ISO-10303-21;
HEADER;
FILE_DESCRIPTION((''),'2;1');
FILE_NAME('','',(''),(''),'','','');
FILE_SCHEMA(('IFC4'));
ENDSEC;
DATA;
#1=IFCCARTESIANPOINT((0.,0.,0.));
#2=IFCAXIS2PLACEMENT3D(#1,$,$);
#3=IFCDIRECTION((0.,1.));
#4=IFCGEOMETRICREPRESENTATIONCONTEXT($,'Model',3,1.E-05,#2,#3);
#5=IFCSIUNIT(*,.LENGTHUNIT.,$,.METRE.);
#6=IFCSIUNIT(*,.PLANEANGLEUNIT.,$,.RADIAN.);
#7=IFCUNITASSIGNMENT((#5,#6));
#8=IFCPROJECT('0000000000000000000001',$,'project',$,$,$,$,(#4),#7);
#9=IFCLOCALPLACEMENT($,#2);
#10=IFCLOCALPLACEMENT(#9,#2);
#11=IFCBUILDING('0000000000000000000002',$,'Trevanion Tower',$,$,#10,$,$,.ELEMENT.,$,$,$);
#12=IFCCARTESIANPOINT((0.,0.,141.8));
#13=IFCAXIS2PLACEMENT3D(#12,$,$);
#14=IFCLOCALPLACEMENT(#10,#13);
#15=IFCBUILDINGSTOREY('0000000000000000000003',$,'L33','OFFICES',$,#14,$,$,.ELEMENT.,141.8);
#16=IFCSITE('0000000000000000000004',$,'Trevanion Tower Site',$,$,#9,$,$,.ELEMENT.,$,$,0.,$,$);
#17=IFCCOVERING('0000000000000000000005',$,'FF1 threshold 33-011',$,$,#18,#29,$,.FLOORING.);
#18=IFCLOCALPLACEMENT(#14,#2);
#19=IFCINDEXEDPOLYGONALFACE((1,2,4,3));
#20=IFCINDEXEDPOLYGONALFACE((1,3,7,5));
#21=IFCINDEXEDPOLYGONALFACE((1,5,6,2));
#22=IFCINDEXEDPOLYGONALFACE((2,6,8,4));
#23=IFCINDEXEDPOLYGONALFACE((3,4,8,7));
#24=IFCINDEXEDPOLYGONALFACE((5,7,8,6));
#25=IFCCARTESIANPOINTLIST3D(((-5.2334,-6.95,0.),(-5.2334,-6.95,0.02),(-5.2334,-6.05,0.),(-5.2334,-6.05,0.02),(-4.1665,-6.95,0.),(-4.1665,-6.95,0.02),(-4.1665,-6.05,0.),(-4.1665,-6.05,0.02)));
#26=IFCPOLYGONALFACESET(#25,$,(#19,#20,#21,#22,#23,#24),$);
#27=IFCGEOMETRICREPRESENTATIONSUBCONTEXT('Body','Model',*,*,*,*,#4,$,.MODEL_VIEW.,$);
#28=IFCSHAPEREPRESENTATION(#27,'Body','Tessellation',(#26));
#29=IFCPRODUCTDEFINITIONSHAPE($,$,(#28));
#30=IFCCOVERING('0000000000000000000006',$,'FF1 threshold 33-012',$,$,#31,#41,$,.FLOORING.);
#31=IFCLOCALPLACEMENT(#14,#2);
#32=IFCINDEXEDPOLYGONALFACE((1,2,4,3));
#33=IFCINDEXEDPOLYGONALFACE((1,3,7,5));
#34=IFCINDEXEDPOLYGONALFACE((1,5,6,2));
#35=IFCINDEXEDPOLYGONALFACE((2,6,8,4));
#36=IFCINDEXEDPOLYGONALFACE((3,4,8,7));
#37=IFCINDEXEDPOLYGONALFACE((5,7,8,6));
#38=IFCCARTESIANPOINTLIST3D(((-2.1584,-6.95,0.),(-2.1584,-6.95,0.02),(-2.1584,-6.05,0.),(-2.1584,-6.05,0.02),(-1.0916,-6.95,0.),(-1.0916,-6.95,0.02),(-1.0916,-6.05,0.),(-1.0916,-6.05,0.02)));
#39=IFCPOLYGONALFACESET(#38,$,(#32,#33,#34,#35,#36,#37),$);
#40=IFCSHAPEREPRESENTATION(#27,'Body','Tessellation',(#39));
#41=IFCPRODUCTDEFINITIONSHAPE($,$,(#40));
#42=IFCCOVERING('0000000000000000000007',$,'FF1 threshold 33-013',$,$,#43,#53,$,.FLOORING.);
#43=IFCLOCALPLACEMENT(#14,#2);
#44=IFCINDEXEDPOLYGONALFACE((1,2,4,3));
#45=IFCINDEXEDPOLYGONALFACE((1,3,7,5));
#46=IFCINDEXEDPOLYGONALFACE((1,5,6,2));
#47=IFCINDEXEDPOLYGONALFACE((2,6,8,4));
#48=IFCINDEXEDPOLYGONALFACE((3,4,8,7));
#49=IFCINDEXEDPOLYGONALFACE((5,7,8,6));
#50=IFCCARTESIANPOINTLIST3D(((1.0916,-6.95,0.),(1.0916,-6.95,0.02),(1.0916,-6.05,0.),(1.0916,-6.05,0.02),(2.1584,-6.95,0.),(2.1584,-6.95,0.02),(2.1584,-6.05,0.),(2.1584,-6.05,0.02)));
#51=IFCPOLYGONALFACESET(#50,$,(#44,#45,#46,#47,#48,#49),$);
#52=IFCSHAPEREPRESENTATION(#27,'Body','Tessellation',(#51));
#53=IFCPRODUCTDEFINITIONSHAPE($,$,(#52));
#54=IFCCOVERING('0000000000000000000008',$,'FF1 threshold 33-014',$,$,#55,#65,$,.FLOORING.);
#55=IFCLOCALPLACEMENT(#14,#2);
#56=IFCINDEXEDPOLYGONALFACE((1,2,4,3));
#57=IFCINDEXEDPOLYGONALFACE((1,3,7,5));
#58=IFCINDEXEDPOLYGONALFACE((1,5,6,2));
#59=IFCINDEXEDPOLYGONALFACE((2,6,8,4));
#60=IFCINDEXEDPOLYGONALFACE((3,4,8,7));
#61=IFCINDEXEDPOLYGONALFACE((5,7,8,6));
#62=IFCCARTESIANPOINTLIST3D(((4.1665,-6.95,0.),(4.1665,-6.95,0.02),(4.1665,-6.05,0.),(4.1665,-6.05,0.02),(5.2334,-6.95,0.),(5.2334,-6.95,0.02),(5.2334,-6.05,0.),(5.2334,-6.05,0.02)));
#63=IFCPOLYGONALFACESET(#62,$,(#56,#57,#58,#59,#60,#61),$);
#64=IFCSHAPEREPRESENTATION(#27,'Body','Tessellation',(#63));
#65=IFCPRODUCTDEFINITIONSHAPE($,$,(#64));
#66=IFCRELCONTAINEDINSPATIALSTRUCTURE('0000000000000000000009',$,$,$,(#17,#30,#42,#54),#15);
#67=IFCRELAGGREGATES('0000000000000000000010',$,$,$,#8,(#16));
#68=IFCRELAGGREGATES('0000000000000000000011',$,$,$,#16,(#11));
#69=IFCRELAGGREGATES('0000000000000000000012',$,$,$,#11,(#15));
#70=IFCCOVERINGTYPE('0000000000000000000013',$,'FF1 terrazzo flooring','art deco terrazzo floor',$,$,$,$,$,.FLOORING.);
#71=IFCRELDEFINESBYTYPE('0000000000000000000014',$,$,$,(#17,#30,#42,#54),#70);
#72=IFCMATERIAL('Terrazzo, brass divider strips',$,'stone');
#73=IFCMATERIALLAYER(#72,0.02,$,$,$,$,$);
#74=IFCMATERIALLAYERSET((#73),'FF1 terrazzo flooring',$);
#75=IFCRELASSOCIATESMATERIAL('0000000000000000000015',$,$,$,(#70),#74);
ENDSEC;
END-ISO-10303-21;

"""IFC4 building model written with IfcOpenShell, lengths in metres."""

from ifc_helpers import new_model, si_unit, direction, frame, origin, place, context, subcontext, project, spatial, polyline, outline, extrude, material, layer, layer_set, type_object, element, save


model = new_model("IFC4")

# Units and contexts
model_context = context("Model", 3, precision=1e-05, world=origin(), true_north=direction((0.0, 1.0)))
body_context = subcontext(model_context, "Body", "Model", "MODEL_VIEW")
ifc_project = project(units=[si_unit("LENGTHUNIT", "METRE"), si_unit("PLANEANGLEUNIT", "RADIAN")], contexts=[model_context])

# Site, building, storey
site_placement = place(None, origin())
site = spatial("IfcSite", under=ifc_project, at=site_placement, Name="Trevanion Tower Site", CompositionType="ELEMENT", RefElevation=0.0)
building_placement = place(site_placement, origin())
building = spatial("IfcBuilding", under=site, at=building_placement, Name="Trevanion Tower", CompositionType="ELEMENT")
storey_placement = place(building_placement, frame((0.0, 0.0, 141.8)))
storey = spatial("IfcBuildingStorey", under=building, at=storey_placement, Name="L33", Description="OFFICES", CompositionType="ELEMENT", Elevation=141.8)

# Coverings
ifc_material_1 = material(Name="Terrazzo, brass divider strips", Category="stone")
ifc_layer_1 = layer(ifc_material_1, 0.02)
ifc_layer_set_1 = layer_set([ifc_layer_1], Name="FF1 terrazzo flooring")
covering_type = type_object("IfcCoveringType", Name="FF1 terrazzo flooring", Description="art deco terrazzo floor", PredefinedType="FLOORING", material=ifc_layer_set_1)
covering_1_placement = place(storey_placement, origin())
element("IfcCovering", 1, at=covering_1_placement, inside=storey, type_object=covering_type, Name="FF1 threshold 33-011", PredefinedType="FLOORING", context=body_context, shape_type="SweptSolid", body=[
    extrude(outline(polyline([(-5.2334, -6.95), (-4.1665, -6.95), (-4.1665, -6.05), (-5.2334, -6.05), (-5.2334, -6.95)])), origin(), (0.0, 0.0, 1.0), 0.02),
])
covering_2_placement = place(storey_placement, origin())
element("IfcCovering", 2, at=covering_2_placement, inside=storey, type_object=covering_type, Name="FF1 threshold 33-012", PredefinedType="FLOORING", context=body_context, shape_type="SweptSolid", body=[
    extrude(outline(polyline([(-2.1584, -6.95), (-1.0916, -6.95), (-1.0916, -6.05), (-2.1584, -6.05), (-2.1584, -6.95)])), origin(), (0.0, 0.0, 1.0), 0.02),
])
covering_3_placement = place(storey_placement, origin())
element("IfcCovering", 3, at=covering_3_placement, inside=storey, type_object=covering_type, Name="FF1 threshold 33-013", PredefinedType="FLOORING", context=body_context, shape_type="SweptSolid", body=[
    extrude(outline(polyline([(1.0916, -6.95), (2.1584, -6.95), (2.1584, -6.05), (1.0916, -6.05), (1.0916, -6.95)])), origin(), (0.0, 0.0, 1.0), 0.02),
])
covering_4_placement = place(storey_placement, origin())
element("IfcCovering", 4, at=covering_4_placement, inside=storey, type_object=covering_type, Name="FF1 threshold 33-014", PredefinedType="FLOORING", context=body_context, shape_type="SweptSolid", body=[
    extrude(outline(polyline([(4.1665, -6.95), (5.2334, -6.95), (5.2334, -6.05), (4.1665, -6.05), (4.1665, -6.95)])), origin(), (0.0, 0.0, 1.0), 0.02),
])

save(model, "model.ifc")
